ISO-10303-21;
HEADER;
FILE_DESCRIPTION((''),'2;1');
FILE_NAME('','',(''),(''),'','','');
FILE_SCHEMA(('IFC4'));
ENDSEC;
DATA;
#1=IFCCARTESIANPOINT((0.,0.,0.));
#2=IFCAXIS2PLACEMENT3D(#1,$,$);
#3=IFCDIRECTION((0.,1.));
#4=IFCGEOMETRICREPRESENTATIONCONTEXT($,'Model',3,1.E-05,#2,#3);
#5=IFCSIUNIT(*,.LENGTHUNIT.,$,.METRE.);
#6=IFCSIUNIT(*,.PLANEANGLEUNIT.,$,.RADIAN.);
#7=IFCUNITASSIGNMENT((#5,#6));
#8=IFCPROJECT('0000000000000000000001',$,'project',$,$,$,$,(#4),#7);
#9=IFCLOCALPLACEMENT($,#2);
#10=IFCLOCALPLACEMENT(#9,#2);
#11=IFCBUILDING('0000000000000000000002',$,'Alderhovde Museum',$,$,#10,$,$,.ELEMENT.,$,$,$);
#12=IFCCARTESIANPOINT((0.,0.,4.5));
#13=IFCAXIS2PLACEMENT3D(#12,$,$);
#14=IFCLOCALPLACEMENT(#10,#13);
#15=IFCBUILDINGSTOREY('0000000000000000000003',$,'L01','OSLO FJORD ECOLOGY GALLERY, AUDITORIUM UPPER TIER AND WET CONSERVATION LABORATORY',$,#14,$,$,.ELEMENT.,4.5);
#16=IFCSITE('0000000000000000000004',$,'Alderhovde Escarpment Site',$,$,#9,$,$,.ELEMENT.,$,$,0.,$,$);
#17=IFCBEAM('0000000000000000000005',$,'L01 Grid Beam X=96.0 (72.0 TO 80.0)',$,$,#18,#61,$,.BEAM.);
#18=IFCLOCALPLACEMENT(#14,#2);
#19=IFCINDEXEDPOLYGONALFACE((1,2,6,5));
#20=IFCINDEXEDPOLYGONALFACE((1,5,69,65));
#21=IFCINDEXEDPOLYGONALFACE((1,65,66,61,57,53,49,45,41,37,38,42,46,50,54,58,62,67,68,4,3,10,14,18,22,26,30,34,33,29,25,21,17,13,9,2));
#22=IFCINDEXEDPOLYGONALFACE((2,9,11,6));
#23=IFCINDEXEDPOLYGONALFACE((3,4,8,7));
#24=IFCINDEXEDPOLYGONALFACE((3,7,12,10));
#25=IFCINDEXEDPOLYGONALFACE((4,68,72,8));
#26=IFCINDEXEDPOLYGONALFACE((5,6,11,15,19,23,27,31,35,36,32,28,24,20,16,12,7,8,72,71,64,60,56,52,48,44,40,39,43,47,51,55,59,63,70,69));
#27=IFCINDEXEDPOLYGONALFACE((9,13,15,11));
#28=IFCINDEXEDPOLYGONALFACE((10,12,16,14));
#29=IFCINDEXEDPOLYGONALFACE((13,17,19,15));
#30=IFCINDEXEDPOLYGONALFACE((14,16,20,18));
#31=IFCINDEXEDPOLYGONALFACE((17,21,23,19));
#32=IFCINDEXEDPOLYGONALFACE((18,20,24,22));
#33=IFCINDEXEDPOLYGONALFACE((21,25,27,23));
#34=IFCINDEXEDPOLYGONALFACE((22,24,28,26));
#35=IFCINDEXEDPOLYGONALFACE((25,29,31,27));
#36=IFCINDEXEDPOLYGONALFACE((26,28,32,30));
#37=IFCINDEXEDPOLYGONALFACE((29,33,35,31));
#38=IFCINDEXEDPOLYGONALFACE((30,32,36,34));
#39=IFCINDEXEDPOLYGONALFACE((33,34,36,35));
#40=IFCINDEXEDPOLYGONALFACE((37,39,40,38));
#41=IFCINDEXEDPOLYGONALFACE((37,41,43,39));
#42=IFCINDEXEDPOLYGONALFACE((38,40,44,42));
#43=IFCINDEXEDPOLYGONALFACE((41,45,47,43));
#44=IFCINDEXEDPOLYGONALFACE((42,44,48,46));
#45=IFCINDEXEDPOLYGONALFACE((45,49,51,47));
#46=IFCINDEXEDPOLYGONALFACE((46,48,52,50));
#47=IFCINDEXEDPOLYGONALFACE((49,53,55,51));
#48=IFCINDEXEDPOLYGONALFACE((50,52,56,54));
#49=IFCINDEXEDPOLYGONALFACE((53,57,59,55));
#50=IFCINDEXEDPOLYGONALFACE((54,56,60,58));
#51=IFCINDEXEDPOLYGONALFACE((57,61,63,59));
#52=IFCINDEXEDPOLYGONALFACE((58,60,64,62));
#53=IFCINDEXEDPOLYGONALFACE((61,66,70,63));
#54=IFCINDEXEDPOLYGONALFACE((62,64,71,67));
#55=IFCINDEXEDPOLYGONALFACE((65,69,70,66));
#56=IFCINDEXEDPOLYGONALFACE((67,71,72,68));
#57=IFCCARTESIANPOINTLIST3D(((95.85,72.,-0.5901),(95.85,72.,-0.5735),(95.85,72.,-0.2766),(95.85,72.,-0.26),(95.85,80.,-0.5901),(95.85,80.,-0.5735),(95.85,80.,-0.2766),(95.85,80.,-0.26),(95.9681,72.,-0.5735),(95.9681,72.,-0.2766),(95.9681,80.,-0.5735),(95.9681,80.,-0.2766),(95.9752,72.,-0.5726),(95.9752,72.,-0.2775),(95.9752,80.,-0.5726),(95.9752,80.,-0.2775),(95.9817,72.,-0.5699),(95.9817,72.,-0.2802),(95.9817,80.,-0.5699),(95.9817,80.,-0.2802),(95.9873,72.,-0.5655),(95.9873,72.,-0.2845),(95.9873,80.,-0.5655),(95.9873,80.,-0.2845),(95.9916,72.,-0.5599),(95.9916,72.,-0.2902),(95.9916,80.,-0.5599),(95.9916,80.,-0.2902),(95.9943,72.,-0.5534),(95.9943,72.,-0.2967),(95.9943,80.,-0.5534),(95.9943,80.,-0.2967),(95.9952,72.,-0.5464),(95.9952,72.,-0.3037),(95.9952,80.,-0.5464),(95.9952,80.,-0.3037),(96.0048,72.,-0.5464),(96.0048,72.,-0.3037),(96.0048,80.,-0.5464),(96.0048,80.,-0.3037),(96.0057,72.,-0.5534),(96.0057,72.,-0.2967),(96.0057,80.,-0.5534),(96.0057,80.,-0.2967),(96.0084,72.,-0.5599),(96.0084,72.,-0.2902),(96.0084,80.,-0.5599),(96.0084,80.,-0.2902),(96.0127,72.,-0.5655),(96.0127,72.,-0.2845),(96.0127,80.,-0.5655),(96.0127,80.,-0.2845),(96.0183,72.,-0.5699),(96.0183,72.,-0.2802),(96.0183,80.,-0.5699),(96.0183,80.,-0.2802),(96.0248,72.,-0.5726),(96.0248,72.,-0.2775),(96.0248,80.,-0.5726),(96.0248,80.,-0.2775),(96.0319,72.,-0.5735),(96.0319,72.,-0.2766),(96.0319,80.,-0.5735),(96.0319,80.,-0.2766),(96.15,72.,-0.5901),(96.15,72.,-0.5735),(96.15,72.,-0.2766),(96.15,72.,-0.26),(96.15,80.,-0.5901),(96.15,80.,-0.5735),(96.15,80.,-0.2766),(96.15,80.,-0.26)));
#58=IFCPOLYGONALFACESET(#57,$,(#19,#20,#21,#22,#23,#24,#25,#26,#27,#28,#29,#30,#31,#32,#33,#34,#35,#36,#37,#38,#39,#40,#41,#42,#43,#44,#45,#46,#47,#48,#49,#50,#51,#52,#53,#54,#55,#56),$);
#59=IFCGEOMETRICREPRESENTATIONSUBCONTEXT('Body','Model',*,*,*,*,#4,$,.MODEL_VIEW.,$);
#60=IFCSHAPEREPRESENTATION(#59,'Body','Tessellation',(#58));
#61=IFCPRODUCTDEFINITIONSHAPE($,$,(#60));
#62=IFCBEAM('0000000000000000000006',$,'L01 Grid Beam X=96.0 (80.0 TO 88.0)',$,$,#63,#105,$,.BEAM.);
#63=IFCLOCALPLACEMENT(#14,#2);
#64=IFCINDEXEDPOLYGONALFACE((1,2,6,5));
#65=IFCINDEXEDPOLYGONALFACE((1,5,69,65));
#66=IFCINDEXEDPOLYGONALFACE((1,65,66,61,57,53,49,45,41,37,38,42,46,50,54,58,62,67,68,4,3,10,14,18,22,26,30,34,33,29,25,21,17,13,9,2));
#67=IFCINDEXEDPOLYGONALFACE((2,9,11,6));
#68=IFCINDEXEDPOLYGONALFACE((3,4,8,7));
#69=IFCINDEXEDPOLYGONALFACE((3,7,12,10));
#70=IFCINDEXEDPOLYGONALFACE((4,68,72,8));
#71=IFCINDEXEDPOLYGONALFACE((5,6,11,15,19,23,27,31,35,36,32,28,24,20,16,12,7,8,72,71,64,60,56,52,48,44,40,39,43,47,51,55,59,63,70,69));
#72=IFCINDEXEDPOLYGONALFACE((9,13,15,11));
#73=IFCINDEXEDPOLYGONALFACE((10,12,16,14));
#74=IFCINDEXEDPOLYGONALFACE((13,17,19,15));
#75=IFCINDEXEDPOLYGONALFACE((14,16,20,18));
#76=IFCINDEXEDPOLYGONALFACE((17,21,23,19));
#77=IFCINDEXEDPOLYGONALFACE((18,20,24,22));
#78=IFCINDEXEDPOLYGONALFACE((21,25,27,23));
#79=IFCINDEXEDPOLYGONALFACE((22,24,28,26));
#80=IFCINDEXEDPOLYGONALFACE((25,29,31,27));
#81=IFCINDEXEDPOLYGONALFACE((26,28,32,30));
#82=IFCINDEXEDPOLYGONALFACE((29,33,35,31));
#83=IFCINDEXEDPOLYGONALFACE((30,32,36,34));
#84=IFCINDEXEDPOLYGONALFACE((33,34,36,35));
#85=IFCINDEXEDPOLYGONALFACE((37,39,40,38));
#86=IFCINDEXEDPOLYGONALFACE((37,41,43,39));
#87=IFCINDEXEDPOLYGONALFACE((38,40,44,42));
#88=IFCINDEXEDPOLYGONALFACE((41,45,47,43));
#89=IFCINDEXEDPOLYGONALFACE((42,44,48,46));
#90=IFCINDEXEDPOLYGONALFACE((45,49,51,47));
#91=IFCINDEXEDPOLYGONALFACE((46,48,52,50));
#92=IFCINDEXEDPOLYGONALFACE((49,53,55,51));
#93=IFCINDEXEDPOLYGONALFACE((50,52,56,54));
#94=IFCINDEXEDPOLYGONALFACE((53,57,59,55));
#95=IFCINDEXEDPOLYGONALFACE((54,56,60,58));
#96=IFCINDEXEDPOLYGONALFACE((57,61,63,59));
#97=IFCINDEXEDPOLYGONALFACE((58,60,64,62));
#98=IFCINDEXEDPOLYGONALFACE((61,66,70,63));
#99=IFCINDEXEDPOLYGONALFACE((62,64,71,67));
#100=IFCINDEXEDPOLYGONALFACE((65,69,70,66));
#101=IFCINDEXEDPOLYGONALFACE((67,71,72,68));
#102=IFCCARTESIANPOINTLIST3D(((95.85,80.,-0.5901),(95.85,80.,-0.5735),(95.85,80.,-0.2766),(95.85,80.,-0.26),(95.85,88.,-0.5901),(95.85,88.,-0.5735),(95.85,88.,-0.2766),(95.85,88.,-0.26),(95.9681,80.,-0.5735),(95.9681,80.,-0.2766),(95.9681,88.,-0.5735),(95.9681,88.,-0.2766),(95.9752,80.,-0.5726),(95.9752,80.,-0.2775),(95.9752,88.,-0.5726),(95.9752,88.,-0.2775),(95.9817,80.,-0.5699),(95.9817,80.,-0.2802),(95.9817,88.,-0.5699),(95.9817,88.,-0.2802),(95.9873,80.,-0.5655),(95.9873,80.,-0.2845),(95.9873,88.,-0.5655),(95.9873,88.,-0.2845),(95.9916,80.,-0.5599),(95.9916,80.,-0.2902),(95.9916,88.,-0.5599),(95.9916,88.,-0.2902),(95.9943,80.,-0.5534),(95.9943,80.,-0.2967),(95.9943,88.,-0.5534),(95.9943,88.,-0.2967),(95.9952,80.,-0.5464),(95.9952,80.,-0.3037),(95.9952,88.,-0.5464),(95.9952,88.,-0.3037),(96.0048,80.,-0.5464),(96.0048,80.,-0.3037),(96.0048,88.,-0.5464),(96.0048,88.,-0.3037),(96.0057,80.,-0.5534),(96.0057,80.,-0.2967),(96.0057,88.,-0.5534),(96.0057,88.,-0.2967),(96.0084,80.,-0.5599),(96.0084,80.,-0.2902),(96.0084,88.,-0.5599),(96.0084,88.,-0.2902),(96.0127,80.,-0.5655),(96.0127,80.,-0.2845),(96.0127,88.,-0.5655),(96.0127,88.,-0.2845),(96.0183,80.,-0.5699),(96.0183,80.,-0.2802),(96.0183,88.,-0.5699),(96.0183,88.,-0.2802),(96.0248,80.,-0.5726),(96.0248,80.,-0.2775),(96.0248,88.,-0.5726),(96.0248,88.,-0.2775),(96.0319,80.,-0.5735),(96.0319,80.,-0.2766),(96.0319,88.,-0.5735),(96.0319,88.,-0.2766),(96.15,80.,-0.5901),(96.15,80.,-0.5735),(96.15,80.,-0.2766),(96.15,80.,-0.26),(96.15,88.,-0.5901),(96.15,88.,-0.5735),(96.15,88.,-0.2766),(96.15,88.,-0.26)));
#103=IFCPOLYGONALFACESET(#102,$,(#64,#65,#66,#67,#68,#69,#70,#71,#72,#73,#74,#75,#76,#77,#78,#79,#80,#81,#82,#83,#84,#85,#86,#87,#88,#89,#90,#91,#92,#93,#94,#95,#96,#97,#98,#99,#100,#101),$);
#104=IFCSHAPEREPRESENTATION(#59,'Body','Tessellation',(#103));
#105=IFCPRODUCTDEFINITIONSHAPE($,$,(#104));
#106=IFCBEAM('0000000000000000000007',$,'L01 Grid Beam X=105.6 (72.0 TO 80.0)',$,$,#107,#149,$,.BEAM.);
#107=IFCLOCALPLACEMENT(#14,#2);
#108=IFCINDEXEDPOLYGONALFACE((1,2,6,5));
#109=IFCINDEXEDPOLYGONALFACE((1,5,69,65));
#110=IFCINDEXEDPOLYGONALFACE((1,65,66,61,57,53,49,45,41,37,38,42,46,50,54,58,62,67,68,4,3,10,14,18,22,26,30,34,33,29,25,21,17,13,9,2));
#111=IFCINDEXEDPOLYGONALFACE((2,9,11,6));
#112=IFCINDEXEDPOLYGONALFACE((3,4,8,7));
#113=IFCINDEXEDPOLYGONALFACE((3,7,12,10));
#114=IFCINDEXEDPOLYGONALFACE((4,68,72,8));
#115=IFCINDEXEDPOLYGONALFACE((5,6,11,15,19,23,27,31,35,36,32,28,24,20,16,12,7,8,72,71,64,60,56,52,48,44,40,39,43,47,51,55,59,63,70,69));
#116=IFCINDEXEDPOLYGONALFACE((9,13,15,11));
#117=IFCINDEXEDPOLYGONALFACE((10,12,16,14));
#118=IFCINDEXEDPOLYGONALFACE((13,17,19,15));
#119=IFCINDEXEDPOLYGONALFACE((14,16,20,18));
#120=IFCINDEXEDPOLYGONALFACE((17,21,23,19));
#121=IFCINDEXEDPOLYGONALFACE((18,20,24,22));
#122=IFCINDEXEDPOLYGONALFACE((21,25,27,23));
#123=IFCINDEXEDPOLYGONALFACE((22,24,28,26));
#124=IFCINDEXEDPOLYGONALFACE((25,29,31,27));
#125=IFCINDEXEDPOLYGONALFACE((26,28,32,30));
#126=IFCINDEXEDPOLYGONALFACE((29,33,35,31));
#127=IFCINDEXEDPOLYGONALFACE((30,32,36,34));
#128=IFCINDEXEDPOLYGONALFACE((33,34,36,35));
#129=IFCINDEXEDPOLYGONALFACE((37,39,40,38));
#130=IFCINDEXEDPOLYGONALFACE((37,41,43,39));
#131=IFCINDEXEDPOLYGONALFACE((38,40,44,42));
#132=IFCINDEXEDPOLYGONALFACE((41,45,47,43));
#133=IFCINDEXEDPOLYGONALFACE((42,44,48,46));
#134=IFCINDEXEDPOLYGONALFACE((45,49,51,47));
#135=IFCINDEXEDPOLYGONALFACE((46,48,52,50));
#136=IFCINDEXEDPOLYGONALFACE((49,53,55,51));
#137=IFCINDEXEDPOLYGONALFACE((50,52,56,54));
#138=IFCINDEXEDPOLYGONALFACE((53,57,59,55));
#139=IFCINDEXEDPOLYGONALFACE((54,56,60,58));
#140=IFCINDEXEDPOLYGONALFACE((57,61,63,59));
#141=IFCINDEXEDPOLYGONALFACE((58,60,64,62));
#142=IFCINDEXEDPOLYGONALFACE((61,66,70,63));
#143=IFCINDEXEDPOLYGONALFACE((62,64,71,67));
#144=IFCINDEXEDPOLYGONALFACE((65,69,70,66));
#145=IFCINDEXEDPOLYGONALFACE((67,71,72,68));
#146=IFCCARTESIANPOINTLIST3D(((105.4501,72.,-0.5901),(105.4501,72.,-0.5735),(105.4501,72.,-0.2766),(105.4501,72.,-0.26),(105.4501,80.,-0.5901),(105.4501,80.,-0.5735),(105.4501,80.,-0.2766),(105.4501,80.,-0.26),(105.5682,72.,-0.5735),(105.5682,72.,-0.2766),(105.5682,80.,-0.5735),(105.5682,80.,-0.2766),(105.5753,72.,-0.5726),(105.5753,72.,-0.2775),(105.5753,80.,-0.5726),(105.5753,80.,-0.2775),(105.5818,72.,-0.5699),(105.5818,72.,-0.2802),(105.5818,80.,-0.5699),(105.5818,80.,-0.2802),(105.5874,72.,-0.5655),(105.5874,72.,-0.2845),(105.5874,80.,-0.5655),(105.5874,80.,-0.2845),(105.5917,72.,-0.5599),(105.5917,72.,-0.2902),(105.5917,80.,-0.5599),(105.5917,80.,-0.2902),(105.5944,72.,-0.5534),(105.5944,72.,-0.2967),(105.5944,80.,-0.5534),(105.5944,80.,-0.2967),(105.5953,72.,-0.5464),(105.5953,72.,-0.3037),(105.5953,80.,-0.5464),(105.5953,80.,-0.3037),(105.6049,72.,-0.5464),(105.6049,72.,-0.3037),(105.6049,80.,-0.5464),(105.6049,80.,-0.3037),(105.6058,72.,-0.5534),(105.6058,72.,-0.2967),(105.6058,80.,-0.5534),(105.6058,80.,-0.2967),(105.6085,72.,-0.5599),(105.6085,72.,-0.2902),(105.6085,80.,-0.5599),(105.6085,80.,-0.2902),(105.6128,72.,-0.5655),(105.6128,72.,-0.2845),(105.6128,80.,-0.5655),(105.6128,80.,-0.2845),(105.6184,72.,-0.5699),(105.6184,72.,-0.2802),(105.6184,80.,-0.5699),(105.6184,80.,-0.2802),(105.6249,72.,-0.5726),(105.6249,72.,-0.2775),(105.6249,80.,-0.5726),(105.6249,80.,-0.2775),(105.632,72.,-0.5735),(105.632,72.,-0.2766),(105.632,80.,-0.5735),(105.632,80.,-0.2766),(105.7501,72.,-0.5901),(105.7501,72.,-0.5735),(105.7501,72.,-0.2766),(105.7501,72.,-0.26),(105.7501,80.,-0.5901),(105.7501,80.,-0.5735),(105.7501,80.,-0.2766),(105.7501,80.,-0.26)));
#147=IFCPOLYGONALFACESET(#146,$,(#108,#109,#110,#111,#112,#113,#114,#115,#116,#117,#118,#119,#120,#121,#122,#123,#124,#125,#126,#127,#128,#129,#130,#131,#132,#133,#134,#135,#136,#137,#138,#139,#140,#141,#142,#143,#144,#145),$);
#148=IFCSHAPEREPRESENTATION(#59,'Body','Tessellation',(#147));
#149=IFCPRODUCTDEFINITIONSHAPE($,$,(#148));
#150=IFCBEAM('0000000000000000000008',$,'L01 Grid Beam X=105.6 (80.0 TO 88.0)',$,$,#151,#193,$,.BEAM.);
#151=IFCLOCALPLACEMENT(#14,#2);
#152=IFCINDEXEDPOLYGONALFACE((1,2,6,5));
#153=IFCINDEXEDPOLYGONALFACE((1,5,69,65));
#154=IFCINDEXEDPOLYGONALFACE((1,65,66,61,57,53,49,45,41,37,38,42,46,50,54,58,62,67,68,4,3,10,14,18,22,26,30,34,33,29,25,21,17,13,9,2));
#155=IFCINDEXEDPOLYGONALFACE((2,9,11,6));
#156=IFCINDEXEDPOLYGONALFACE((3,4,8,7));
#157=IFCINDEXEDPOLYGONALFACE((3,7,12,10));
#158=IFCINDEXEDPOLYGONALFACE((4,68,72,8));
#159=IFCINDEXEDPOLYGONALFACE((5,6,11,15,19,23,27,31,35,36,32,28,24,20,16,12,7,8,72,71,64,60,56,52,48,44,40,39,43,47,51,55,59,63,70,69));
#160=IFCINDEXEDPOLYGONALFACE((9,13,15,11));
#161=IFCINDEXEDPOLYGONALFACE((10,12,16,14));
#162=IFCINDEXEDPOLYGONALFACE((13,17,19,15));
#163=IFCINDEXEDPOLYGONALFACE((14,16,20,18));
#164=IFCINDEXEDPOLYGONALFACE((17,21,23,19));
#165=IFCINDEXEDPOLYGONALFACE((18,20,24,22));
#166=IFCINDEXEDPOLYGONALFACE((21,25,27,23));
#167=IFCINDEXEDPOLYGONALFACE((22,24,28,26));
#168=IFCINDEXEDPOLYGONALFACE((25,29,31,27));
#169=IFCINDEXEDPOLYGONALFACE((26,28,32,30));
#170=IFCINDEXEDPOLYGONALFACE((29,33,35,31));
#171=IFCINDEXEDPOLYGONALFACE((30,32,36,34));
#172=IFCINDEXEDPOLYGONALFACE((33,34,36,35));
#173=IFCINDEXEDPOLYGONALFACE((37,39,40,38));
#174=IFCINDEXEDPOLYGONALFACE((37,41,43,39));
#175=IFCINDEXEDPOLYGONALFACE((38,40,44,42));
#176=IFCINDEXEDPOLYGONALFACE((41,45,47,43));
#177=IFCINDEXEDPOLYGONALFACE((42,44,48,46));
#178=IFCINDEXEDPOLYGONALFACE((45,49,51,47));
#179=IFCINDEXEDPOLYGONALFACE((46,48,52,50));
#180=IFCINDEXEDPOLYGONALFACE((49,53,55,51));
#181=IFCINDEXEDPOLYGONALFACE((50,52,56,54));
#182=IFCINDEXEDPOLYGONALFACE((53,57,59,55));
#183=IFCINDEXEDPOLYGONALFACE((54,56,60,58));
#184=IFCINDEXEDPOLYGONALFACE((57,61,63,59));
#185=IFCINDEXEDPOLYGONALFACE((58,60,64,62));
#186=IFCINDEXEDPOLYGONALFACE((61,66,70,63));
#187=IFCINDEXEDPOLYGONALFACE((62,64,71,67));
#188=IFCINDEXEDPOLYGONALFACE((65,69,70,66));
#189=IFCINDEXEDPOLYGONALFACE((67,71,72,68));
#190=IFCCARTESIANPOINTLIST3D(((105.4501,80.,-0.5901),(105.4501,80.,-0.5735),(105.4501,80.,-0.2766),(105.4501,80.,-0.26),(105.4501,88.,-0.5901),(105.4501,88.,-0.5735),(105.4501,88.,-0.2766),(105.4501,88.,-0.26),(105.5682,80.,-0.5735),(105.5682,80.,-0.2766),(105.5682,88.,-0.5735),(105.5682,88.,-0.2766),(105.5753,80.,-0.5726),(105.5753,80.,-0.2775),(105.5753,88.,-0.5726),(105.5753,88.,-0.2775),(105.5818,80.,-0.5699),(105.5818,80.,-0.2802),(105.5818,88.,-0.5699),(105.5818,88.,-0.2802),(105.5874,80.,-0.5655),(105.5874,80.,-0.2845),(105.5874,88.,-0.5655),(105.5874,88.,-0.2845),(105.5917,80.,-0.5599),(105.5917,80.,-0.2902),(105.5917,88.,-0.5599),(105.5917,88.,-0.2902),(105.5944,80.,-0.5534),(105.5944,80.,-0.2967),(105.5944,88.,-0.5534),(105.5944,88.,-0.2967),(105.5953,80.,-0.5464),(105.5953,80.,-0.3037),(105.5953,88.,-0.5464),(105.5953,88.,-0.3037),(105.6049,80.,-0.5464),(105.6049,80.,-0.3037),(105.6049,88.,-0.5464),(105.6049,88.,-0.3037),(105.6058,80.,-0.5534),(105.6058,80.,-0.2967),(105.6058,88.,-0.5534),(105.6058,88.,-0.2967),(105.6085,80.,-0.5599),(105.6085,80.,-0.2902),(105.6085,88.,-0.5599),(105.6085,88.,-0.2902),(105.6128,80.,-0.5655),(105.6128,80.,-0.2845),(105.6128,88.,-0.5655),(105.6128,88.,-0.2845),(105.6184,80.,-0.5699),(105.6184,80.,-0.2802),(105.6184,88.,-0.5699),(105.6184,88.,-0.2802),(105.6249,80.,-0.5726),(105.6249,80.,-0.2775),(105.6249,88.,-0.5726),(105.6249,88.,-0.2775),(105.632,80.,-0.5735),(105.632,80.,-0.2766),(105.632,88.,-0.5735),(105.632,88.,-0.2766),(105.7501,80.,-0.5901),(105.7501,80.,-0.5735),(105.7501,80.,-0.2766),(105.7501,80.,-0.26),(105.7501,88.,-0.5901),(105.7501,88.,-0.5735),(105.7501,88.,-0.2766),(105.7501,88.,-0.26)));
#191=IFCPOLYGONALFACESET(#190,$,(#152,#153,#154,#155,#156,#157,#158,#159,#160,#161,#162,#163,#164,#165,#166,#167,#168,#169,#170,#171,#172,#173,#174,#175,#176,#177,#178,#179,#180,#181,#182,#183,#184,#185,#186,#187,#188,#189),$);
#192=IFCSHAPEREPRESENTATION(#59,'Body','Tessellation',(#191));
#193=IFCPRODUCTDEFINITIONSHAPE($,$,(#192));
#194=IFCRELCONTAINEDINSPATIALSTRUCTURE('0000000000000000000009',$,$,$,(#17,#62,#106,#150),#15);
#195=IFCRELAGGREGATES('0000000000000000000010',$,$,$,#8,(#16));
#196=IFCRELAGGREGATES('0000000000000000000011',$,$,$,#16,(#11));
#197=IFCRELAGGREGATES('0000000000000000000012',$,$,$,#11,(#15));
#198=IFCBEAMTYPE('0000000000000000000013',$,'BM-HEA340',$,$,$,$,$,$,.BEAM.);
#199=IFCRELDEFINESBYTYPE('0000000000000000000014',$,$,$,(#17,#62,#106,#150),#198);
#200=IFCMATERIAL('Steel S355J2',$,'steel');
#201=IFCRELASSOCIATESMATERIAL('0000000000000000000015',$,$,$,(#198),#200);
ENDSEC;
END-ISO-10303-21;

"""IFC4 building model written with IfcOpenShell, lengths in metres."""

from ifc_helpers import new_model, si_unit, direction, frame, origin, origin_2d, place, context, subcontext, project, spatial, i_section, extrude, material, material_profile, profile_set, type_object, element, save


model = new_model("IFC4")

# Units and contexts
model_context = context("Model", 3, precision=1e-05, world=origin(), true_north=direction((0.0, 1.0)))
body_context = subcontext(model_context, "Body", "Model", "MODEL_VIEW")
ifc_project = project(units=[si_unit("LENGTHUNIT", "METRE"), si_unit("PLANEANGLEUNIT", "RADIAN")], contexts=[model_context])

# Site, building, storey
site_placement = place(None, origin())
site = spatial("IfcSite", under=ifc_project, at=site_placement, Name="Alderhovde Escarpment Site", CompositionType="ELEMENT", RefElevation=0.0)
building_placement = place(site_placement, origin())
building = spatial("IfcBuilding", under=site, at=building_placement, Name="Alderhovde Museum", CompositionType="ELEMENT")
storey_placement = place(building_placement, frame((0.0, 0.0, 4.5)))
storey = spatial("IfcBuildingStorey", under=building, at=storey_placement, Name="L01", Description="OSLO FJORD ECOLOGY GALLERY, AUDITORIUM UPPER TIER AND WET CONSERVATION LABORATORY", CompositionType="ELEMENT", Elevation=4.5)

# Beams
ifc_material_1 = material(Name="Steel S355J2", Category="steel")
ifc_material_profile_1 = material_profile(ifc_material_1, i_section(OverallWidth=0.3, OverallDepth=0.3301, WebThickness=0.0095, FlangeThickness=0.0166, FilletRadius=0.0271, at=origin_2d()), Name="HEA 340")
ifc_profile_set_1 = profile_set([ifc_material_profile_1], Name="Steel S355J2")
beam_type_1 = type_object("IfcBeamType", Name="BM-HEA340", PredefinedType="BEAM", material=ifc_profile_set_1)
for number, where, z_axis, x_axis, name in (
    (1, (96.0, 72.0, -0.425), (0.0, 1.0, 0.0), (-1.0, 0.0, 0.0), "L01 Grid Beam X=96.0 (72.0 TO 80.0)"),
    (2, (96.0, 80.0, -0.425), (0.0, 1.0, 0.0), (-1.0, 0.0, 0.0), "L01 Grid Beam X=96.0 (80.0 TO 88.0)"),
    (3, (105.6001, 72.0, -0.425), (0.0, 1.0, 0.0), (-1.0, 0.0, 0.0), "L01 Grid Beam X=105.6 (72.0 TO 80.0)"),
    (4, (105.6001, 80.0, -0.425), (0.0, 1.0, 0.0), (-1.0, 0.0, 0.0), "L01 Grid Beam X=105.6 (80.0 TO 88.0)"),
):
    element("IfcBeam", number, at=place(storey_placement, frame(where, z_axis=z_axis, x_axis=x_axis)), inside=storey, type_object=beam_type_1, Name=name, PredefinedType="BEAM", context=body_context, shape_type="SweptSolid", body=[
        extrude(i_section(OverallWidth=0.3, OverallDepth=0.3301, WebThickness=0.0095, FlangeThickness=0.0166, FilletRadius=0.0271, at=origin_2d()), origin(), (0.0, 0.0, 1.0), 8.0),
    ])

save(model, "model.ifc")
